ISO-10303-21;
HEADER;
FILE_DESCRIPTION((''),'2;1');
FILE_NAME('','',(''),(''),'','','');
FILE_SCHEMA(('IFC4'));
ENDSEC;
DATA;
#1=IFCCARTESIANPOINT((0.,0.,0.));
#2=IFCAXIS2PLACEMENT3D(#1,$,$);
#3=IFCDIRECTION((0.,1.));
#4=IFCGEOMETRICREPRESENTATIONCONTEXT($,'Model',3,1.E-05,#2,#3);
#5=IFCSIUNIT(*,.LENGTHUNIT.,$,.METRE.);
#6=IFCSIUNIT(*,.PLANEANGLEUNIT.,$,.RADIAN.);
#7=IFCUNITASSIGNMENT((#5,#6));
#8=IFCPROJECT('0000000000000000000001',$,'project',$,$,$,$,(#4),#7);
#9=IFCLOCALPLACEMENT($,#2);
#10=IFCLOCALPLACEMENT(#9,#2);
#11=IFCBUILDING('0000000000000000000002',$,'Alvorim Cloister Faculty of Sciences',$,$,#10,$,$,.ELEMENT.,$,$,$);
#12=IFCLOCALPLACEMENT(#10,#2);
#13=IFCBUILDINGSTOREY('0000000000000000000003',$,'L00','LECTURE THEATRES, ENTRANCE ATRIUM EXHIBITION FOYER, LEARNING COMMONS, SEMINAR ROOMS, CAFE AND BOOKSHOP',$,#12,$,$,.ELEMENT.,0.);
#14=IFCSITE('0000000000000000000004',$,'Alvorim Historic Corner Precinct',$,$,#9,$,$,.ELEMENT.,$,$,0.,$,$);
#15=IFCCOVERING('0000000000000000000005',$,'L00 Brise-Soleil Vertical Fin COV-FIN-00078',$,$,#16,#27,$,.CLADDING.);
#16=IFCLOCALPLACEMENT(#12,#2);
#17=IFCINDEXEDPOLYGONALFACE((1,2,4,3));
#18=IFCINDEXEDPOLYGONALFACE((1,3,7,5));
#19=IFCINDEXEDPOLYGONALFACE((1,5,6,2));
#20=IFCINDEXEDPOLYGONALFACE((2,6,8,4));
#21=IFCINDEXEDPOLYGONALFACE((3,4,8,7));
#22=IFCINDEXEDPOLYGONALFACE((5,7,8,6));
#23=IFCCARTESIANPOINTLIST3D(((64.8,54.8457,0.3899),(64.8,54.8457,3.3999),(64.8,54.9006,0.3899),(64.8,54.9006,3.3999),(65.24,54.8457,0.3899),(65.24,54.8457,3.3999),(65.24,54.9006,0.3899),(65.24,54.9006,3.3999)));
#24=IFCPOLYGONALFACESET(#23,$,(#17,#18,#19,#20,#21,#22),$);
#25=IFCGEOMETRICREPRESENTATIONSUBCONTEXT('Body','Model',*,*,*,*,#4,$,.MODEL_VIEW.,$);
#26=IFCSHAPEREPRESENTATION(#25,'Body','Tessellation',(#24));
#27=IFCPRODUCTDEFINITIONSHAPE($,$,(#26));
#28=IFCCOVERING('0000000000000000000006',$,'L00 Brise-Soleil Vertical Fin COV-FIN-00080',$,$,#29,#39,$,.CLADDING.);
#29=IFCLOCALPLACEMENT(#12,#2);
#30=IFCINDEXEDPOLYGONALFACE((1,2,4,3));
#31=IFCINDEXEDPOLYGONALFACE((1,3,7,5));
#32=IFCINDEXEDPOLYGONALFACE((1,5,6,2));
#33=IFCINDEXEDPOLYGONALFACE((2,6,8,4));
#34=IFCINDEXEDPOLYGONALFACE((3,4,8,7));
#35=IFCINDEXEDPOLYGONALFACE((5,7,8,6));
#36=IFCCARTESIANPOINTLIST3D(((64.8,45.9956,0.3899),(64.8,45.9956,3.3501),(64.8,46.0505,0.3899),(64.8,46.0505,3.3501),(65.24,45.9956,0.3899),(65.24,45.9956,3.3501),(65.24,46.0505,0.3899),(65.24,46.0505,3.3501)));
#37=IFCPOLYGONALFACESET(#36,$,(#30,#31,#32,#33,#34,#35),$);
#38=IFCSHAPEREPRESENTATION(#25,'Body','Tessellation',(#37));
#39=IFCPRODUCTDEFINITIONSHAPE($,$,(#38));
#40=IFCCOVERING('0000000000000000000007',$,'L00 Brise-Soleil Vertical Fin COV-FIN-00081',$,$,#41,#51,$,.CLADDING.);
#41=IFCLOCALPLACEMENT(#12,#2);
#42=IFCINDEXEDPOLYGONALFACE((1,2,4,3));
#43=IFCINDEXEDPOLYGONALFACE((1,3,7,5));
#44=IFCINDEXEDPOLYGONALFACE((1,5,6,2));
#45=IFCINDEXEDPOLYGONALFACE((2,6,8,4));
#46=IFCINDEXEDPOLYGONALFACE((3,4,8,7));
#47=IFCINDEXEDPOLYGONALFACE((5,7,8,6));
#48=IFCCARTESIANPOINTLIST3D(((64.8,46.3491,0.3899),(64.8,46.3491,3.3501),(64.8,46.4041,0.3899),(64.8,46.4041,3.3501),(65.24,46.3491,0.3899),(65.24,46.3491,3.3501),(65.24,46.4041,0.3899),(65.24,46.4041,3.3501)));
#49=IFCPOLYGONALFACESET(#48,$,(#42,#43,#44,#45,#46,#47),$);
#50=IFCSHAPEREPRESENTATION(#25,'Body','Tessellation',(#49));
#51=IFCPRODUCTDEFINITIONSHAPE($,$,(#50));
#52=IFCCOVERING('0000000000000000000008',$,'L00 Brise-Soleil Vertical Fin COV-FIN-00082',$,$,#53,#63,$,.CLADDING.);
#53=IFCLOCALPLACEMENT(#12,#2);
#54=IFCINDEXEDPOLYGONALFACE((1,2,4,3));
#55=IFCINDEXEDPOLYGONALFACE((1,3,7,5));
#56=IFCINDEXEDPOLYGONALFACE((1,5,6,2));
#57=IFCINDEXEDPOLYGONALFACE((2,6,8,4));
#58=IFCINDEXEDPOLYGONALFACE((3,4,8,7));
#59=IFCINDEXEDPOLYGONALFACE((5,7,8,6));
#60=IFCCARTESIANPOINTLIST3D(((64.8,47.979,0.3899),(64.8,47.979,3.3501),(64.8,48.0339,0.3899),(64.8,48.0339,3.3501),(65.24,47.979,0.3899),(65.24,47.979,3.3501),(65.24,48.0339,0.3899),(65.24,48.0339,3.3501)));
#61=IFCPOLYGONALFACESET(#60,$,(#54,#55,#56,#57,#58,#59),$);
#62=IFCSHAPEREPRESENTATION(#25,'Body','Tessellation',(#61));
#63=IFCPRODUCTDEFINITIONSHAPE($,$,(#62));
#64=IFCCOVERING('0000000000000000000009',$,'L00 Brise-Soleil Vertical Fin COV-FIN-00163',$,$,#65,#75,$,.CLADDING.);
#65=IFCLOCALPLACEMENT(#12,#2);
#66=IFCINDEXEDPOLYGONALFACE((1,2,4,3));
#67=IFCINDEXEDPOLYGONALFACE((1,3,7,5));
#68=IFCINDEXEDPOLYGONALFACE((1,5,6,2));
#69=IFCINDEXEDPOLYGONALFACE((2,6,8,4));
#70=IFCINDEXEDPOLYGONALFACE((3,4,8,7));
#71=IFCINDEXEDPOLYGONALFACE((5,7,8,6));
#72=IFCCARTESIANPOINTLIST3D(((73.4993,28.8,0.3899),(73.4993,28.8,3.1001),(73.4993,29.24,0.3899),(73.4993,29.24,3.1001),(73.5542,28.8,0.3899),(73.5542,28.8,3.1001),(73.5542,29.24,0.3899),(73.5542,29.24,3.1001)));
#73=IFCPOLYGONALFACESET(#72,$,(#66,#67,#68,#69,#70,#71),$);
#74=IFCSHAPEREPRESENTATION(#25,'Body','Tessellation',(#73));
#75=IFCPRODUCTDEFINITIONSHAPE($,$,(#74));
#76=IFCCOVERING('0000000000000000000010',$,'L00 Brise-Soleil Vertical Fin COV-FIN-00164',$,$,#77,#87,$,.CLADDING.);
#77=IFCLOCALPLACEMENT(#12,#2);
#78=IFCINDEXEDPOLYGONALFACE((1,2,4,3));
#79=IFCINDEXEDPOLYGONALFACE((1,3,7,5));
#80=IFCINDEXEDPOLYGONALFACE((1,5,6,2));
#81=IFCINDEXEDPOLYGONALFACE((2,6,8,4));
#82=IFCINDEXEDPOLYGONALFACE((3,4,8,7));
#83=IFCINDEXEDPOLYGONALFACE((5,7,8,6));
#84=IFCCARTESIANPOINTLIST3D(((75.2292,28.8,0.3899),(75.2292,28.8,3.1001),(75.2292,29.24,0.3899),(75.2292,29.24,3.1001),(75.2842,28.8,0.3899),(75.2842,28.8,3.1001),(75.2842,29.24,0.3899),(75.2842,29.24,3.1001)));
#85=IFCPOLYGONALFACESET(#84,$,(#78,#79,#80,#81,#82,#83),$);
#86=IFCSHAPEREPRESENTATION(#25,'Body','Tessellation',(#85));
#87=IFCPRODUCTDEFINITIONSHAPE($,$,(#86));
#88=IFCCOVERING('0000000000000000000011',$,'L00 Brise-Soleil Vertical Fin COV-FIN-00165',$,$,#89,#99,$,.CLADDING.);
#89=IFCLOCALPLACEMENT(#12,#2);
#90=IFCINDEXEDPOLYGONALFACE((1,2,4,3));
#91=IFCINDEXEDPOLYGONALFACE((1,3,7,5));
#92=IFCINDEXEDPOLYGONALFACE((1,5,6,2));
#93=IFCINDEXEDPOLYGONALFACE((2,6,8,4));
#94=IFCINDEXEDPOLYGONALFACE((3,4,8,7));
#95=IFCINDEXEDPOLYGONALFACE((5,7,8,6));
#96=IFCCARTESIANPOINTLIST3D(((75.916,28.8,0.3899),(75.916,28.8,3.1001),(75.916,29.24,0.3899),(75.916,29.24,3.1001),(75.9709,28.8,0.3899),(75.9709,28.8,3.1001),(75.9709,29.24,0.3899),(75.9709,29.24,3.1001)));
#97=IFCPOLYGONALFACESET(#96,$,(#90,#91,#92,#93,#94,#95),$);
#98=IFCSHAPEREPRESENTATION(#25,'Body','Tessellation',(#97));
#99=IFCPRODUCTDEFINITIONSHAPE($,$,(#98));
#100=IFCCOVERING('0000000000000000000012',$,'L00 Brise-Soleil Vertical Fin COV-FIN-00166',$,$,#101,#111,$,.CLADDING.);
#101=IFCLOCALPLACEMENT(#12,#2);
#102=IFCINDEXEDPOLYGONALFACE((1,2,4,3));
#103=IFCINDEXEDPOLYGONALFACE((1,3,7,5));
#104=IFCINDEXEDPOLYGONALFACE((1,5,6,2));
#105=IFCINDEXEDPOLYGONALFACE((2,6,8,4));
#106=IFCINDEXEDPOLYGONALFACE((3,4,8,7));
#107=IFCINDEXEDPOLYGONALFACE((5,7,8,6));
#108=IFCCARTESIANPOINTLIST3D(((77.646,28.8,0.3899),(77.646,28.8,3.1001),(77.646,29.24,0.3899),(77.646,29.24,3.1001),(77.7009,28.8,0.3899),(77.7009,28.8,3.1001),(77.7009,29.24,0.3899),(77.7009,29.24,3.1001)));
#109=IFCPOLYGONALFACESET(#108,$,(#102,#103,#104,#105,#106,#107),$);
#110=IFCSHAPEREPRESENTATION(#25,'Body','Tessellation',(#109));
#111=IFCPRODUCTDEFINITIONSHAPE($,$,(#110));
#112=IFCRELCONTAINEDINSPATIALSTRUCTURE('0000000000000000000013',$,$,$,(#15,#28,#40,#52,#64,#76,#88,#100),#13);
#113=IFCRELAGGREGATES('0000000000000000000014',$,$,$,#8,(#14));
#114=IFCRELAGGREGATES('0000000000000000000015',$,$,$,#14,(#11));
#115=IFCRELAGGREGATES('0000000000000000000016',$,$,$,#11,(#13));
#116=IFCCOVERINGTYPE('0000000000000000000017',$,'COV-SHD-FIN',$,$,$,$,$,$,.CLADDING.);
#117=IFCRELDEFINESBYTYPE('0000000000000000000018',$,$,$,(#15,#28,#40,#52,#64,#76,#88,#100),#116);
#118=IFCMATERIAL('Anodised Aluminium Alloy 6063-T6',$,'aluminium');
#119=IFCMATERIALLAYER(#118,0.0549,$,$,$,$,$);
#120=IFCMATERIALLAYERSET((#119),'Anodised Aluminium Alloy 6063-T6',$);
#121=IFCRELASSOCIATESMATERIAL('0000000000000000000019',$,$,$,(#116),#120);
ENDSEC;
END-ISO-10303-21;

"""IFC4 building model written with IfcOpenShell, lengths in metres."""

from ifc_helpers import new_model, si_unit, direction, frame, origin, place, context, subcontext, project, spatial, polyline, outline, extrude, material, layer, layer_set, type_object, element, save


model = new_model("IFC4")

# Units and contexts
model_context = context("Model", 3, precision=1e-05, world=origin(), true_north=direction((0.0, 1.0)))
body_context = subcontext(model_context, "Body", "Model", "MODEL_VIEW")
ifc_project = project(units=[si_unit("LENGTHUNIT", "METRE"), si_unit("PLANEANGLEUNIT", "RADIAN")], contexts=[model_context])

# Site, building, storey
site_placement = place(None, origin())
site = spatial("IfcSite", under=ifc_project, at=site_placement, Name="Alvorim Historic Corner Precinct", CompositionType="ELEMENT", RefElevation=0.0)
building_placement = place(site_placement, origin())
building = spatial("IfcBuilding", under=site, at=building_placement, Name="Alvorim Cloister Faculty of Sciences", CompositionType="ELEMENT")
storey_placement = place(building_placement, origin())
storey = spatial("IfcBuildingStorey", under=building, at=storey_placement, Name="L00", Description="LECTURE THEATRES, ENTRANCE ATRIUM EXHIBITION FOYER, LEARNING COMMONS, SEMINAR ROOMS, CAFE AND BOOKSHOP", CompositionType="ELEMENT", Elevation=0.0)

# Coverings
ifc_material_1 = material(Name="Anodised Aluminium Alloy 6063-T6", Category="aluminium")
ifc_layer_1 = layer(ifc_material_1, 0.0549)
ifc_layer_set_1 = layer_set([ifc_layer_1], Name="Anodised Aluminium Alloy 6063-T6")
covering_type = type_object("IfcCoveringType", Name="COV-SHD-FIN", PredefinedType="CLADDING", material=ifc_layer_set_1)
for number, where, z_axis, x_axis, name in (
    (1, (64.8, 54.8733, 0.3899), (0.0, 0.0, 1.0), (1.0, 0.0, 0.0), "L00 Brise-Soleil Vertical Fin COV-FIN-00078"),
):
    element("IfcCovering", number, at=place(storey_placement, frame(where, z_axis=z_axis, x_axis=x_axis)), inside=storey, type_object=covering_type, Name=name, PredefinedType="CLADDING", context=body_context, shape_type="SweptSolid", body=[
        extrude(outline(polyline([(0.0, 0.0), (0.4399, 0.0), (0.4399, 3.01), (0.0, 3.01), (0.0, 0.0)])), frame((0.0, 0.0273, 0.0), z_axis=(0.0, -1.0, 0.0), x_axis=(1.0, 0.0, 0.0)), (0.0, 0.0, 1.0), 0.0549),
    ])
for number, where, z_axis, x_axis, name in (
    (2, (64.8, 46.0232, 0.3899), (0.0, 0.0, 1.0), (1.0, 0.0, 0.0), "L00 Brise-Soleil Vertical Fin COV-FIN-00080"),
    (3, (64.8, 46.3767, 0.3899), (0.0, 0.0, 1.0), (1.0, 0.0, 0.0), "L00 Brise-Soleil Vertical Fin COV-FIN-00081"),
    (4, (64.8, 48.0066, 0.3899), (0.0, 0.0, 1.0), (1.0, 0.0, 0.0), "L00 Brise-Soleil Vertical Fin COV-FIN-00082"),
):
    element("IfcCovering", number, at=place(storey_placement, frame(where, z_axis=z_axis, x_axis=x_axis)), inside=storey, type_object=covering_type, Name=name, PredefinedType="CLADDING", context=body_context, shape_type="SweptSolid", body=[
        extrude(outline(polyline([(0.0, 0.0), (0.4399, 0.0), (0.4399, 2.9602), (0.0, 2.9602), (0.0, 0.0)])), frame((0.0, 0.0273, 0.0), z_axis=(0.0, -1.0, 0.0), x_axis=(1.0, 0.0, 0.0)), (0.0, 0.0, 1.0), 0.0549),
    ])
for number, where, z_axis, x_axis, name in (
    (5, (73.5266, 28.8, 0.3899), (0.0, 0.0, 1.0), (0.0, 1.0, 0.0), "L00 Brise-Soleil Vertical Fin COV-FIN-00163"),
    (6, (75.2566, 28.8, 0.3899), (0.0, 0.0, 1.0), (0.0, 1.0, 0.0), "L00 Brise-Soleil Vertical Fin COV-FIN-00164"),
    (7, (75.9434, 28.8, 0.3899), (0.0, 0.0, 1.0), (0.0, 1.0, 0.0), "L00 Brise-Soleil Vertical Fin COV-FIN-00165"),
    (8, (77.6733, 28.8, 0.3899), (0.0, 0.0, 1.0), (0.0, 1.0, 0.0), "L00 Brise-Soleil Vertical Fin COV-FIN-00166"),
):
    element("IfcCovering", number, at=place(storey_placement, frame(where, z_axis=z_axis, x_axis=x_axis)), inside=storey, type_object=covering_type, Name=name, PredefinedType="CLADDING", context=body_context, shape_type="SweptSolid", body=[
        extrude(outline(polyline([(0.0, 0.0), (0.4399, 0.0), (0.4399, 2.7102), (0.0, 2.7102), (0.0, 0.0)])), frame((0.0, 0.0273, 0.0), z_axis=(0.0, -1.0, 0.0), x_axis=(1.0, 0.0, 0.0)), (0.0, 0.0, 1.0), 0.0549),
    ])

save(model, "model.ifc")
